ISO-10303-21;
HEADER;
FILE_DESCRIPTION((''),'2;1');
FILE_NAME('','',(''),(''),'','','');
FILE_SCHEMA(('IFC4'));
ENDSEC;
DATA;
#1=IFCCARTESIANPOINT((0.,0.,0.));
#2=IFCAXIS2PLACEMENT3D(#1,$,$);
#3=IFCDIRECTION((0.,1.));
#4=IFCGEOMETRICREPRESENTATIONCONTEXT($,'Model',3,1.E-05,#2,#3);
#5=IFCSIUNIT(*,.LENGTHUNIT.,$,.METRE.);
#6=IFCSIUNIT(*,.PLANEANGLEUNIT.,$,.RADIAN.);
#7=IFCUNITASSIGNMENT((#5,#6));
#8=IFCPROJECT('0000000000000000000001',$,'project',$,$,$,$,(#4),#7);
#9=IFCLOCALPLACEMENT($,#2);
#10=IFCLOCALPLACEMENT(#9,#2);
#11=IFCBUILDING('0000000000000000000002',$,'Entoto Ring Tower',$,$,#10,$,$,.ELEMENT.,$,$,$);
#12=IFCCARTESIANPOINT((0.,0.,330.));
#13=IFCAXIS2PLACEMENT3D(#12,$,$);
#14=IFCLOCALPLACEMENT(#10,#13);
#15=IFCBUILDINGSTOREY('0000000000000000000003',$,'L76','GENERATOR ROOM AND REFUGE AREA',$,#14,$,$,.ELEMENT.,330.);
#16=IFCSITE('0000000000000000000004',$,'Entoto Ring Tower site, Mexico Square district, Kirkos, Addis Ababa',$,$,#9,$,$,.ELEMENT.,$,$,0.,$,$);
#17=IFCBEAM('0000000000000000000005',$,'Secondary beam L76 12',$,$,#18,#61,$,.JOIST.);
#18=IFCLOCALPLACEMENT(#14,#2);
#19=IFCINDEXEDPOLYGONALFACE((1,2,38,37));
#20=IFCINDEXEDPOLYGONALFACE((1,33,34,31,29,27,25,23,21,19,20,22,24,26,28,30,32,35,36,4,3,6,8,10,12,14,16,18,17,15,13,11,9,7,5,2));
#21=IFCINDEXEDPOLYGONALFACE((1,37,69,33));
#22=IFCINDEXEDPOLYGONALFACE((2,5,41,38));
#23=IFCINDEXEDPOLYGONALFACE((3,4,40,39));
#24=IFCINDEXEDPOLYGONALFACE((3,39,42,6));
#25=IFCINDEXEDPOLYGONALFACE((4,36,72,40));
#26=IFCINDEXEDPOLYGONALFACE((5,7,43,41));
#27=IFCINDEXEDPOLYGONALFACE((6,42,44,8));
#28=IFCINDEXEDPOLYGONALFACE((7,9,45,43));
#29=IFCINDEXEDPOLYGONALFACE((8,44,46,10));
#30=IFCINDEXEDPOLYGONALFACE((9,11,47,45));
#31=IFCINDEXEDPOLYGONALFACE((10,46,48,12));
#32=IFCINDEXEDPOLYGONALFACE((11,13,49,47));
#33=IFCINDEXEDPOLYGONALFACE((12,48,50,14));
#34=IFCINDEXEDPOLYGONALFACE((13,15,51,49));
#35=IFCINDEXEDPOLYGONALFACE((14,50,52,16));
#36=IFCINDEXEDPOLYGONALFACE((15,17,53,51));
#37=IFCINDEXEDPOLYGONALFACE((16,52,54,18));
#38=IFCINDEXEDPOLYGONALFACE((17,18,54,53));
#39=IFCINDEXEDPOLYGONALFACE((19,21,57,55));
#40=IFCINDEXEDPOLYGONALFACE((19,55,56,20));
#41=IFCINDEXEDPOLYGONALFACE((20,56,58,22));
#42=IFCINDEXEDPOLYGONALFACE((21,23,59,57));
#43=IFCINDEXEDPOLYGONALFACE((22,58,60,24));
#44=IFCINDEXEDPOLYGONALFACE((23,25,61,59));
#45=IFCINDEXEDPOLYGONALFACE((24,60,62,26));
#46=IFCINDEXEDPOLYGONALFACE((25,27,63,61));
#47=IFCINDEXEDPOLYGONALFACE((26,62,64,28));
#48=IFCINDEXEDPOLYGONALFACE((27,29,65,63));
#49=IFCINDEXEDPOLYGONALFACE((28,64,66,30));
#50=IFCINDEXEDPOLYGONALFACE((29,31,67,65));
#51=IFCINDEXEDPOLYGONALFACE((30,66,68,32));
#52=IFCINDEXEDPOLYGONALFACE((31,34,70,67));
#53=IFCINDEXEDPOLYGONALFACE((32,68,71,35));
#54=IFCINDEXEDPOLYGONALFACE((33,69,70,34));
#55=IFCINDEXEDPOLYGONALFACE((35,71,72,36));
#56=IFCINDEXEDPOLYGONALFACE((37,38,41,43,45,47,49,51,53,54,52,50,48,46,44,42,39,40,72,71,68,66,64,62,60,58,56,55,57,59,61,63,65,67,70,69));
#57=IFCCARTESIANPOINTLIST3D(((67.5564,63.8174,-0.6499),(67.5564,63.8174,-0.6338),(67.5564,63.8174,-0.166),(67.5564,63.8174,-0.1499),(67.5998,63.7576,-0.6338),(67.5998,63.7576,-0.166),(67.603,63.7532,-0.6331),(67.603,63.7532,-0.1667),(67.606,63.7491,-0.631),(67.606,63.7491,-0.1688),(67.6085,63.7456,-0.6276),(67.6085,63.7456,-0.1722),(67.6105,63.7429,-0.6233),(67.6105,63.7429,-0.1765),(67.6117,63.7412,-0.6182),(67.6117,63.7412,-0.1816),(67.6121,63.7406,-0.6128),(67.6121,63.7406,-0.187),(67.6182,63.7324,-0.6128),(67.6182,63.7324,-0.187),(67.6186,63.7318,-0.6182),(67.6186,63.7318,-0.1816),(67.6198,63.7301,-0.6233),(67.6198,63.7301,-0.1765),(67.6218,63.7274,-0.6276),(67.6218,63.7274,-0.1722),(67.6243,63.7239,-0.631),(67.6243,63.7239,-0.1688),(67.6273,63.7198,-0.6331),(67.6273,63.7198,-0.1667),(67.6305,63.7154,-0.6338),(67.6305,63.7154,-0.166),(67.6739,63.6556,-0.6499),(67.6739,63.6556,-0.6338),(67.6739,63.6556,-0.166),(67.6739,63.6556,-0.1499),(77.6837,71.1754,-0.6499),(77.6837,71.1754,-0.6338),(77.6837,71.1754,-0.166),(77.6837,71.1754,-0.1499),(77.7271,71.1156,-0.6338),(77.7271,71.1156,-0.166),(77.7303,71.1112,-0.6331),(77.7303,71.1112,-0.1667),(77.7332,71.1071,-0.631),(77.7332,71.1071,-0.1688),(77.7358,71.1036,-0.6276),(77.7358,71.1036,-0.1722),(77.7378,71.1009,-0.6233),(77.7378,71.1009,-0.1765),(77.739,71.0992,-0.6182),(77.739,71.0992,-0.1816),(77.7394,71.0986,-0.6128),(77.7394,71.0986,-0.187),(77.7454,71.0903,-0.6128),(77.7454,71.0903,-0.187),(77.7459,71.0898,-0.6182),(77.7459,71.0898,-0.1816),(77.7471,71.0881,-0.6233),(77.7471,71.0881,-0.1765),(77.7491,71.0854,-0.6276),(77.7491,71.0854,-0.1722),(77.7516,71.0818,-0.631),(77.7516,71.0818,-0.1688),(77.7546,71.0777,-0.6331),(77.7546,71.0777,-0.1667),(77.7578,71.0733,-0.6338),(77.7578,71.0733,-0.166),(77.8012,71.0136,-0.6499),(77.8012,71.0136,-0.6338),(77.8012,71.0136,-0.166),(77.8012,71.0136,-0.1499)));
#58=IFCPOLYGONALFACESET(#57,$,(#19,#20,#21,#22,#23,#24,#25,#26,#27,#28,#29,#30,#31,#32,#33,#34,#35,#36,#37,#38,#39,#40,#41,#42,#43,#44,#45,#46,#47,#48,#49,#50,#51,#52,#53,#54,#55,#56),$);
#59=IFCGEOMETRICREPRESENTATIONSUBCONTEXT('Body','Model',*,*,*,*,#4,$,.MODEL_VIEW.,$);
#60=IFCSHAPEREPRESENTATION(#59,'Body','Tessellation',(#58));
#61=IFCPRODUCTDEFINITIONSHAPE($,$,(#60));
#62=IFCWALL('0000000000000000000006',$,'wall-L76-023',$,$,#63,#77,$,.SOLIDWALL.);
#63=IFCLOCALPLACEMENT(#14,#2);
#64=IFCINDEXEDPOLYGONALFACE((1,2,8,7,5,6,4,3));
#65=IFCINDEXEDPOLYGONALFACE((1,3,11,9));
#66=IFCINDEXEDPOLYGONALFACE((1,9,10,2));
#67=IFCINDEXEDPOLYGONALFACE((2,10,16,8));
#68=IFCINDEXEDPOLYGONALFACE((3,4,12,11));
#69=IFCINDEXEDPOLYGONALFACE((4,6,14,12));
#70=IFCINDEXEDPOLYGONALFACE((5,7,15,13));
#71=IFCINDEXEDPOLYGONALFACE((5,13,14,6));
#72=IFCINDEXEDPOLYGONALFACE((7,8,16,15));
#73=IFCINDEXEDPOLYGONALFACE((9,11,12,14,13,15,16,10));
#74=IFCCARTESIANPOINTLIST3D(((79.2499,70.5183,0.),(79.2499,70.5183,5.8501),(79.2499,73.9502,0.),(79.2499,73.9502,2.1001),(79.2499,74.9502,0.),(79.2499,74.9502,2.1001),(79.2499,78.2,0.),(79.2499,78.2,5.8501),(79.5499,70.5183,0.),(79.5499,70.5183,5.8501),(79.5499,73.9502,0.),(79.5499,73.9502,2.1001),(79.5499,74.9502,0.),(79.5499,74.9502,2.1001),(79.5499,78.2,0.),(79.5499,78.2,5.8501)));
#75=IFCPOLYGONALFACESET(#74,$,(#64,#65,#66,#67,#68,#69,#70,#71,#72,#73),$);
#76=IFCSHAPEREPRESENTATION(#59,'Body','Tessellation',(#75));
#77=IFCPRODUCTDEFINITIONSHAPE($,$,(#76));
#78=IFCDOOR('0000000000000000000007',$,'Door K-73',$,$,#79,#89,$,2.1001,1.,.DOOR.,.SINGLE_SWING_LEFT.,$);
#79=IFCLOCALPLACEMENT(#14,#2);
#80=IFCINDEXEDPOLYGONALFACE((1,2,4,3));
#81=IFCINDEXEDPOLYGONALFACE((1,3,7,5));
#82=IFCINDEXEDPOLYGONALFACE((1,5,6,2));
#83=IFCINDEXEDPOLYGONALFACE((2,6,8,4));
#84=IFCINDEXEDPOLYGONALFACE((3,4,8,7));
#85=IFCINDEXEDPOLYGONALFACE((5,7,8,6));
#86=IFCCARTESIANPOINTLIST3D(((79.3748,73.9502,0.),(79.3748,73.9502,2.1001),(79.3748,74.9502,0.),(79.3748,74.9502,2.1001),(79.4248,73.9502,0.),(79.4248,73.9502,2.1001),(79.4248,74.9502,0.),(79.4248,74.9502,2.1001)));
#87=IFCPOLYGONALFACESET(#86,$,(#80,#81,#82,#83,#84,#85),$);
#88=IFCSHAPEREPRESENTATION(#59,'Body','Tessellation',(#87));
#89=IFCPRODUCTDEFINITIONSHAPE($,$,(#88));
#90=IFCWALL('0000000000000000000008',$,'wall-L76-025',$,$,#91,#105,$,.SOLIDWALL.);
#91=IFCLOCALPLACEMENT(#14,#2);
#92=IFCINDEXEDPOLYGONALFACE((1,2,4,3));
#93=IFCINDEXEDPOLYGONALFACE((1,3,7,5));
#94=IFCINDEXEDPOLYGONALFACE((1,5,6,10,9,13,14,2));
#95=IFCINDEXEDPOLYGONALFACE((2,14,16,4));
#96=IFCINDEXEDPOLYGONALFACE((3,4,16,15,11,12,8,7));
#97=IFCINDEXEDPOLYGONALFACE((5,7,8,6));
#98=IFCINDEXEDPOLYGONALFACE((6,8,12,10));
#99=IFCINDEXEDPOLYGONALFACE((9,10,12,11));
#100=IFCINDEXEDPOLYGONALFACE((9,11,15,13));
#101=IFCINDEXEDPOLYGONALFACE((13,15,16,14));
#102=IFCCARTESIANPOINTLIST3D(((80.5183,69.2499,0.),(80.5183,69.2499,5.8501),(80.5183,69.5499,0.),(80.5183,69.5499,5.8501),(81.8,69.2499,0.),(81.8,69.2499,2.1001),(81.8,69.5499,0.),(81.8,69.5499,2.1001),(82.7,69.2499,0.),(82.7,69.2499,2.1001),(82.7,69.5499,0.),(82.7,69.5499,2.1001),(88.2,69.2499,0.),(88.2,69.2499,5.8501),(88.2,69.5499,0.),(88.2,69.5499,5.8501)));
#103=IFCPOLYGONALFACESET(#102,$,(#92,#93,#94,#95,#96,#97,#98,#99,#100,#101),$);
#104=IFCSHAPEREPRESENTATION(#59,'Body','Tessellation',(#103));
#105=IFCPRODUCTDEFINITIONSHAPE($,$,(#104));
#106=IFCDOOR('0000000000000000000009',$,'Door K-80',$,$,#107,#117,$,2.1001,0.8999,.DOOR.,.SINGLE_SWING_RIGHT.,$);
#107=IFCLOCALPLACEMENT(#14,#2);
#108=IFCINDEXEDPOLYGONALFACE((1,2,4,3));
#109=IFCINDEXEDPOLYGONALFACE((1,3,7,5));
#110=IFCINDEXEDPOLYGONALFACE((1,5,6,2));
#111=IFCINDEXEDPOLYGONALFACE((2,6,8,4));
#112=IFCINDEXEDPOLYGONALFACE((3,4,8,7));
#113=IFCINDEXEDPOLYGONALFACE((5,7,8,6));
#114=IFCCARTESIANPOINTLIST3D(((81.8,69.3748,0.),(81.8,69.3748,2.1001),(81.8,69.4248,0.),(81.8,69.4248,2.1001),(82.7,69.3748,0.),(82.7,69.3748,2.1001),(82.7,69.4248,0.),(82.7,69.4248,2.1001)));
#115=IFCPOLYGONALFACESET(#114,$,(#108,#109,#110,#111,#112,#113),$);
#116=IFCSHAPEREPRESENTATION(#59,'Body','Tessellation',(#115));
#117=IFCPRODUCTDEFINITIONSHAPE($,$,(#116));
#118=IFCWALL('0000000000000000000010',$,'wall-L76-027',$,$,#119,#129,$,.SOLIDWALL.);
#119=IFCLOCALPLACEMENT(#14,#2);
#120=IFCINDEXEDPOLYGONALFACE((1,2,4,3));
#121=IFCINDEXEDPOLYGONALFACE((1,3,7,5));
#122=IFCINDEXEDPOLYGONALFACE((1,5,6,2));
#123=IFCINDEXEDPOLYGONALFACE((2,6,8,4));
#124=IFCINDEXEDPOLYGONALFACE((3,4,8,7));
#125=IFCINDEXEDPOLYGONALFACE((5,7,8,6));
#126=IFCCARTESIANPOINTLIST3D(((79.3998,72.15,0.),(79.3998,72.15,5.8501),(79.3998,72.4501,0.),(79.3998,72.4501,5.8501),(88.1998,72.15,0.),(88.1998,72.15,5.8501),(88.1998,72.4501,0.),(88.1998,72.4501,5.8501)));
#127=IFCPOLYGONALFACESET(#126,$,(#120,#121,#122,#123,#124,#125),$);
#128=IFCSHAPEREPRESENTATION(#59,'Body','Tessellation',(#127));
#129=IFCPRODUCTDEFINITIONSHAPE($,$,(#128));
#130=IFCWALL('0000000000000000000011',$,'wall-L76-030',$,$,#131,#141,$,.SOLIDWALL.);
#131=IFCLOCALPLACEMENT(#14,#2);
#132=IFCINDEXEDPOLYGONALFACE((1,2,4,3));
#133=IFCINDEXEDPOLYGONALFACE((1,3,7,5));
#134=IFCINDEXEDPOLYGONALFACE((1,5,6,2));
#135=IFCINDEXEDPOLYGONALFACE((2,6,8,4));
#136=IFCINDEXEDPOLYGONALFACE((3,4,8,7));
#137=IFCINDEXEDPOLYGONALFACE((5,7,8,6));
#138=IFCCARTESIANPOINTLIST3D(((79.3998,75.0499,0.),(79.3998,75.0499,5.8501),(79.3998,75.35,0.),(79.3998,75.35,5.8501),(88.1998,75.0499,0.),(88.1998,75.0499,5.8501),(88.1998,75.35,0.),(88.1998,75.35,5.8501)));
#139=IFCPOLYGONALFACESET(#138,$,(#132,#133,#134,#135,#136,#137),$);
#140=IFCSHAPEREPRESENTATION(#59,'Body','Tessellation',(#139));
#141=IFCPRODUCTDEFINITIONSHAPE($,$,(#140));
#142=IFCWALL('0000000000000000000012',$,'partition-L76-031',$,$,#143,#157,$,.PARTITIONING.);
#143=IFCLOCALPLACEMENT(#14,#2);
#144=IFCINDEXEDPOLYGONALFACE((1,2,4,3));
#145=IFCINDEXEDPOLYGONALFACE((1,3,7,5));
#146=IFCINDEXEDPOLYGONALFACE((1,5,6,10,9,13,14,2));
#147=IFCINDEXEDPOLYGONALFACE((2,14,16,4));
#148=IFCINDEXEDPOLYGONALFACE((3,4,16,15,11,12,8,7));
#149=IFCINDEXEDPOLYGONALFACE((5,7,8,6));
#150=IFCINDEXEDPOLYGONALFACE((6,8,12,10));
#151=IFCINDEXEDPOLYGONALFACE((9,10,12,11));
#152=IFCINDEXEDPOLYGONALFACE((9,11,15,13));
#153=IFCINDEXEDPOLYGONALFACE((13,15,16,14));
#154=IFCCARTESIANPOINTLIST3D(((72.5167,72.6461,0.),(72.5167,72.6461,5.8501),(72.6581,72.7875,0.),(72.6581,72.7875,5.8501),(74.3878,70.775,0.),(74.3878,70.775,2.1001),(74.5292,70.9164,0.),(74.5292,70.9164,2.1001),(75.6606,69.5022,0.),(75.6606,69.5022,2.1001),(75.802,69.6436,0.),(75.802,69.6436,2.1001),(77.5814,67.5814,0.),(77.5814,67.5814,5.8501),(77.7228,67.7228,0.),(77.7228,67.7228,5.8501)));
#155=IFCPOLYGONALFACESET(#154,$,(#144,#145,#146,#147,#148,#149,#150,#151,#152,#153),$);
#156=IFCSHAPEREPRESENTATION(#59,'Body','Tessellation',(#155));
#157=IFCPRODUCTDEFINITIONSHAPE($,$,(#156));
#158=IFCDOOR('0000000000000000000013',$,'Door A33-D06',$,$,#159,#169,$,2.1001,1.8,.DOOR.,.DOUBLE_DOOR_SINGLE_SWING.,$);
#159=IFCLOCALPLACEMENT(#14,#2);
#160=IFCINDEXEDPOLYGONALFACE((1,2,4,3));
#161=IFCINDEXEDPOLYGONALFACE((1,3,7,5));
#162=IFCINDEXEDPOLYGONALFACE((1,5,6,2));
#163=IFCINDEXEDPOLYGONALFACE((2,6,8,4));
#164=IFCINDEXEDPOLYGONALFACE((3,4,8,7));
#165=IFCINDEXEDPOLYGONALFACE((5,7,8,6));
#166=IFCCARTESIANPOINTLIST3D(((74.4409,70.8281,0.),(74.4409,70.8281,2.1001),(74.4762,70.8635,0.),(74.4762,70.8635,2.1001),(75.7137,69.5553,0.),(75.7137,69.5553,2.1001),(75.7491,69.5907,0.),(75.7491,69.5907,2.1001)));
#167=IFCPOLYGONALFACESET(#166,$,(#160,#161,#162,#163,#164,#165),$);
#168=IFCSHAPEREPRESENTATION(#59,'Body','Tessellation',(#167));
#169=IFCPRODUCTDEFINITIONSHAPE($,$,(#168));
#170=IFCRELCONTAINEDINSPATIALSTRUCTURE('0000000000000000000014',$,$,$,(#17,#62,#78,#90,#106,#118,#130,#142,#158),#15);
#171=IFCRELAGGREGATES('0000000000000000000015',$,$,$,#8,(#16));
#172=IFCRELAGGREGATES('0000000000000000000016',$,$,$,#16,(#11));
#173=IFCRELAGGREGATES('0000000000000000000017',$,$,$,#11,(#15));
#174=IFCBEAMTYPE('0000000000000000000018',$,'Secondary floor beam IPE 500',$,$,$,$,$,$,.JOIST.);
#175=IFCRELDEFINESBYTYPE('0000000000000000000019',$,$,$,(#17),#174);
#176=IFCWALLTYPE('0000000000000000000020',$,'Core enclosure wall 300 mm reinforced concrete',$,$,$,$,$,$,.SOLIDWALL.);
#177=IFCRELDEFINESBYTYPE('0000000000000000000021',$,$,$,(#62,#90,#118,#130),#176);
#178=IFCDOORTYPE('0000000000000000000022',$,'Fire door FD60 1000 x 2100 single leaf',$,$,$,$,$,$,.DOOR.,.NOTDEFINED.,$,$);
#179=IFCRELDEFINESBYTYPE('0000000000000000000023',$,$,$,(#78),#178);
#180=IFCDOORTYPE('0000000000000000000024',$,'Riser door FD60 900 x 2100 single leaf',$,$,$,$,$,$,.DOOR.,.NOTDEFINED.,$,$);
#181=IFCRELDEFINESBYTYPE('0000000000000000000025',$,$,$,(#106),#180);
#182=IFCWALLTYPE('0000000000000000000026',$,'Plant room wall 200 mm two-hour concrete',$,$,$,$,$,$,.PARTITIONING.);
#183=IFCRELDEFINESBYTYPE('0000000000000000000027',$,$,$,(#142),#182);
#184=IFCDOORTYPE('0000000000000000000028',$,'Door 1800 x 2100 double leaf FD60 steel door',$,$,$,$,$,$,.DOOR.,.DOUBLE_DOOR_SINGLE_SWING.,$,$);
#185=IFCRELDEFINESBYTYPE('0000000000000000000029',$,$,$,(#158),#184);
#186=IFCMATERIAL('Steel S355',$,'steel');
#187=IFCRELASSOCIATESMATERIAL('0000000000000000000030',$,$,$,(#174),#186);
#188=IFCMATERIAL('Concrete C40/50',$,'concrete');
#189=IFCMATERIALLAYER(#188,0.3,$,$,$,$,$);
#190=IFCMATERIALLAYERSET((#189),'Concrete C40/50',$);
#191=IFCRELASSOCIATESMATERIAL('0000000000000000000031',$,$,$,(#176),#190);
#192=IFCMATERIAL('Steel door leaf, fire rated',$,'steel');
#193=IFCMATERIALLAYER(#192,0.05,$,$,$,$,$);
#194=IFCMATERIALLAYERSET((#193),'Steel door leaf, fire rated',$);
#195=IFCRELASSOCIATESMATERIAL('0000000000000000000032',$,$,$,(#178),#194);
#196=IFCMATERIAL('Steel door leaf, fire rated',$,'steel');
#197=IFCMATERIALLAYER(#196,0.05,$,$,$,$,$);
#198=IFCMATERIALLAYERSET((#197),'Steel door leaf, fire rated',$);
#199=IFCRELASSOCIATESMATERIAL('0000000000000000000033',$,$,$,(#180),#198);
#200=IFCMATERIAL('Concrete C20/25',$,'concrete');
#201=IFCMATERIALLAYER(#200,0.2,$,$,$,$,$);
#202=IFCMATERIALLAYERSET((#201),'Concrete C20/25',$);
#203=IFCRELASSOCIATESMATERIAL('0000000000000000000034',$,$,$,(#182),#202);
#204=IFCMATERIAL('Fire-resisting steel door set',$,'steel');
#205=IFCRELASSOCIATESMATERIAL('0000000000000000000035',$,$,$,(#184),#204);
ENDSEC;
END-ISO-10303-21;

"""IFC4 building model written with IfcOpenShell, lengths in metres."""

from ifc_helpers import new_model, si_unit, direction, frame, frame_2d, origin, origin_2d, place, context, subcontext, project, spatial, rectangle, i_section, extrude, material, layer, layer_set, material_profile, profile_set, type_object, element, fill, save


model = new_model("IFC4")

# Units and contexts
model_context = context("Model", 3, precision=1e-05, world=origin(), true_north=direction((0.0, 1.0)))
body_context = subcontext(model_context, "Body", "Model", "MODEL_VIEW")
ifc_project = project(units=[si_unit("LENGTHUNIT", "METRE"), si_unit("PLANEANGLEUNIT", "RADIAN")], contexts=[model_context])

# Site, building, storey
site_placement = place(None, origin())
site = spatial("IfcSite", under=ifc_project, at=site_placement, Name="Entoto Ring Tower site, Mexico Square district, Kirkos, Addis Ababa", CompositionType="ELEMENT", RefElevation=0.0)
building_placement = place(site_placement, origin())
building = spatial("IfcBuilding", under=site, at=building_placement, Name="Entoto Ring Tower", CompositionType="ELEMENT")
storey_placement = place(building_placement, frame((0.0, 0.0, 330.0)))
storey = spatial("IfcBuildingStorey", under=building, at=storey_placement, Name="L76", Description="GENERATOR ROOM AND REFUGE AREA", CompositionType="ELEMENT", Elevation=330.0)

# Beam
ifc_material_1 = material(Name="Steel S355", Category="steel")
ifc_material_profile_1 = material_profile(ifc_material_1, i_section(OverallWidth=0.2, OverallDepth=0.5, WebThickness=0.0103, FlangeThickness=0.0161, FilletRadius=0.021, at=origin_2d()), Name="IPE 500")
ifc_profile_set_1 = profile_set([ifc_material_profile_1], Name="Steel S355")
beam_type_1 = type_object("IfcBeamType", Name="Secondary floor beam IPE 500", PredefinedType="JOIST", material=ifc_profile_set_1)
beam_1_placement = place(storey_placement, frame((77.7424, 71.0945, -0.3999), z_axis=(-0.809014, -0.587789, 0.0), x_axis=(0.587789, -0.809014, 0.0)))
element("IfcBeam", 1, at=beam_1_placement, inside=storey, type_object=beam_type_1, Name="Secondary beam L76 12", PredefinedType="JOIST", context=body_context, shape_type="SweptSolid", body=[
    extrude(i_section(OverallWidth=0.2, OverallDepth=0.5, WebThickness=0.0103, FlangeThickness=0.0161, FilletRadius=0.021, at=origin_2d()), origin(), (0.0, 0.0, 1.0), 12.5181),
])

# Walls, openings, doors
ifc_material_2 = material(Name="Concrete C40/50", Category="concrete")
ifc_layer_1 = layer(ifc_material_2, 0.3)
ifc_layer_set_1 = layer_set([ifc_layer_1], Name="Concrete C40/50")
wall_type_1 = type_object("IfcWallType", Name="Core enclosure wall 300 mm reinforced concrete", PredefinedType="SOLIDWALL", material=ifc_layer_set_1)
wall_1_placement = place(storey_placement, frame((79.3999, 70.5183, 0.0), z_axis=(0.0, 0.0, 1.0), x_axis=(0.0, 1.0, 0.0)))
wall_1 = element("IfcWall", 2, at=wall_1_placement, inside=storey, type_object=wall_type_1, Name="wall-L76-023", PredefinedType="SOLIDWALL", context=body_context, shape_type="SweptSolid", body=[
    extrude(rectangle(XDim=7.6816, YDim=0.3, at=frame_2d((3.8408, 0.0))), origin(), (0.0, 0.0, 1.0), 5.8501),
])
opening_1_placement = place(wall_1_placement, frame((3.4319, 0.0, 0.0)))
opening_1 = element("IfcOpeningElement", 3, at=opening_1_placement, cuts=wall_1, PredefinedType="OPENING", context=body_context, shape_type="SweptSolid", body=[
    extrude(rectangle(XDim=1.0, YDim=2.1001, at=frame_2d((0.5, 1.05))), frame((0.0, 0.1602, 0.0), z_axis=(0.0, -1.0, 0.0), x_axis=(1.0, 0.0, 0.0)), (0.0, 0.0, 1.0), 0.3201),
])
ifc_material_3 = material(Name="Steel door leaf, fire rated", Category="steel")
ifc_layer_2 = layer(ifc_material_3, 0.05)
ifc_layer_set_2 = layer_set([ifc_layer_2], Name="Steel door leaf, fire rated")
door_type_1 = type_object("IfcDoorType", Name="Fire door FD60 1000 x 2100 single leaf", OperationType="NOTDEFINED", PredefinedType="DOOR", material=ifc_layer_set_2)
door_1_placement = place(opening_1_placement, frame((1.0, 0.0, 0.0), z_axis=(0.0, 0.0, 1.0), x_axis=(-1.0, 0.0, 0.0)))
door_1 = element("IfcDoor", 4, at=door_1_placement, inside=storey, type_object=door_type_1, Name="Door K-73", OperationType="SINGLE_SWING_LEFT", OverallHeight=2.1001, OverallWidth=1.0, PredefinedType="DOOR", context=body_context, shape_type="SweptSolid", body=[
    extrude(rectangle(XDim=1.0, YDim=2.1001, at=frame_2d((0.5, 1.05))), frame((0.0, 0.0249, 0.0), z_axis=(0.0, -1.0, 0.0), x_axis=(1.0, 0.0, 0.0)), (0.0, 0.0, 1.0), 0.05),
])
fill(opening_1, door_1)
wall_2_placement = place(storey_placement, frame((80.5183, 69.3999, 0.0), z_axis=(0.0, 0.0, 1.0), x_axis=(1.0, 0.0, 0.0)))
wall_2 = element("IfcWall", 5, at=wall_2_placement, inside=storey, type_object=wall_type_1, Name="wall-L76-025", PredefinedType="SOLIDWALL", context=body_context, shape_type="SweptSolid", body=[
    extrude(rectangle(XDim=7.6816, YDim=0.3, at=frame_2d((3.8408, 0.0))), origin(), (0.0, 0.0, 1.0), 5.8501),
])
opening_2_placement = place(wall_2_placement, frame((1.2817, 0.0, 0.0)))
opening_2 = element("IfcOpeningElement", 6, at=opening_2_placement, cuts=wall_2, PredefinedType="OPENING", context=body_context, shape_type="SweptSolid", body=[
    extrude(rectangle(XDim=0.8999, YDim=2.1001, at=frame_2d((0.45, 1.05))), frame((0.0, 0.1602, 0.0), z_axis=(0.0, -1.0, 0.0), x_axis=(1.0, 0.0, 0.0)), (0.0, 0.0, 1.0), 0.3201),
])
ifc_material_4 = material(Name="Steel door leaf, fire rated", Category="steel")
ifc_layer_3 = layer(ifc_material_4, 0.05)
ifc_layer_set_3 = layer_set([ifc_layer_3], Name="Steel door leaf, fire rated")
door_type_2 = type_object("IfcDoorType", Name="Riser door FD60 900 x 2100 single leaf", OperationType="NOTDEFINED", PredefinedType="DOOR", material=ifc_layer_set_3)
door_2_placement = place(opening_2_placement, origin())
door_2 = element("IfcDoor", 7, at=door_2_placement, inside=storey, type_object=door_type_2, Name="Door K-80", OperationType="SINGLE_SWING_RIGHT", OverallHeight=2.1001, OverallWidth=0.8999, PredefinedType="DOOR", context=body_context, shape_type="SweptSolid", body=[
    extrude(rectangle(XDim=0.8999, YDim=2.1001, at=frame_2d((0.45, 1.05))), frame((0.0, 0.0249, 0.0), z_axis=(0.0, -1.0, 0.0), x_axis=(1.0, 0.0, 0.0)), (0.0, 0.0, 1.0), 0.05),
])
fill(opening_2, door_2)

# Walls
for number, where, z_axis, x_axis, name in (
    (8, (79.3999, 72.3, 0.0), (0.0, 0.0, 1.0), (1.0, 0.0, 0.0), "wall-L76-027"),
    (9, (79.3999, 75.2, 0.0), (0.0, 0.0, 1.0), (1.0, 0.0, 0.0), "wall-L76-030"),
):
    element("IfcWall", number, at=place(storey_placement, frame(where, z_axis=z_axis, x_axis=x_axis)), inside=storey, type_object=wall_type_1, Name=name, PredefinedType="SOLIDWALL", context=body_context, shape_type="SweptSolid", body=[
        extrude(rectangle(XDim=8.8, YDim=0.3, at=frame_2d((4.3999, 0.0))), origin(), (0.0, 0.0, 1.0), 5.8501),
    ])

# Wall, opening, door
ifc_material_5 = material(Name="Concrete C20/25", Category="concrete")
ifc_layer_4 = layer(ifc_material_5, 0.2)
ifc_layer_set_4 = layer_set([ifc_layer_4], Name="Concrete C20/25")
wall_type_2 = type_object("IfcWallType", Name="Plant room wall 200 mm two-hour concrete", PredefinedType="PARTITIONING", material=ifc_layer_set_4)
wall_3_placement = place(storey_placement, frame((77.6521, 67.6521, 0.0), z_axis=(0.0, 0.0, 1.0), x_axis=(-0.707107, 0.707107, 0.0)))
wall_3 = element("IfcWall", 10, at=wall_3_placement, inside=storey, type_object=wall_type_2, Name="partition-L76-031", PredefinedType="PARTITIONING", context=body_context, shape_type="SweptSolid", body=[
    extrude(rectangle(XDim=7.1626, YDim=0.2, at=frame_2d((3.5813, 0.0))), origin(), (0.0, 0.0, 1.0), 5.8501),
])
opening_3_placement = place(wall_3_placement, frame((2.7166, 0.0, 0.0)))
opening_3 = element("IfcOpeningElement", 11, at=opening_3_placement, cuts=wall_3, PredefinedType="OPENING", context=body_context, shape_type="SweptSolid", body=[
    extrude(rectangle(XDim=1.8, YDim=2.1001, at=frame_2d((0.8999, 1.05))), frame((0.0, 0.1099, 0.0), z_axis=(0.0, -1.0, 0.0), x_axis=(1.0, 0.0, 0.0)), (0.0, 0.0, 1.0), 0.22),
])
ifc_material_6 = material(Name="Fire-resisting steel door set", Category="steel")
door_type_3 = type_object("IfcDoorType", Name="Door 1800 x 2100 double leaf FD60 steel door", OperationType="DOUBLE_DOOR_SINGLE_SWING", PredefinedType="DOOR", material=ifc_material_6)
door_3_placement = place(opening_3_placement, origin())
door_3 = element("IfcDoor", 12, at=door_3_placement, inside=storey, type_object=door_type_3, Name="Door A33-D06", OperationType="DOUBLE_DOOR_SINGLE_SWING", OverallHeight=2.1001, OverallWidth=1.8, PredefinedType="DOOR", context=body_context, shape_type="SweptSolid", body=[
    extrude(rectangle(XDim=1.8, YDim=2.1001, at=frame_2d((0.8999, 1.05))), frame((0.0, 0.0249, 0.0), z_axis=(0.0, -1.0, 0.0), x_axis=(1.0, 0.0, 0.0)), (0.0, 0.0, 1.0), 0.05),
])
fill(opening_3, door_3)

save(model, "model.ifc")
